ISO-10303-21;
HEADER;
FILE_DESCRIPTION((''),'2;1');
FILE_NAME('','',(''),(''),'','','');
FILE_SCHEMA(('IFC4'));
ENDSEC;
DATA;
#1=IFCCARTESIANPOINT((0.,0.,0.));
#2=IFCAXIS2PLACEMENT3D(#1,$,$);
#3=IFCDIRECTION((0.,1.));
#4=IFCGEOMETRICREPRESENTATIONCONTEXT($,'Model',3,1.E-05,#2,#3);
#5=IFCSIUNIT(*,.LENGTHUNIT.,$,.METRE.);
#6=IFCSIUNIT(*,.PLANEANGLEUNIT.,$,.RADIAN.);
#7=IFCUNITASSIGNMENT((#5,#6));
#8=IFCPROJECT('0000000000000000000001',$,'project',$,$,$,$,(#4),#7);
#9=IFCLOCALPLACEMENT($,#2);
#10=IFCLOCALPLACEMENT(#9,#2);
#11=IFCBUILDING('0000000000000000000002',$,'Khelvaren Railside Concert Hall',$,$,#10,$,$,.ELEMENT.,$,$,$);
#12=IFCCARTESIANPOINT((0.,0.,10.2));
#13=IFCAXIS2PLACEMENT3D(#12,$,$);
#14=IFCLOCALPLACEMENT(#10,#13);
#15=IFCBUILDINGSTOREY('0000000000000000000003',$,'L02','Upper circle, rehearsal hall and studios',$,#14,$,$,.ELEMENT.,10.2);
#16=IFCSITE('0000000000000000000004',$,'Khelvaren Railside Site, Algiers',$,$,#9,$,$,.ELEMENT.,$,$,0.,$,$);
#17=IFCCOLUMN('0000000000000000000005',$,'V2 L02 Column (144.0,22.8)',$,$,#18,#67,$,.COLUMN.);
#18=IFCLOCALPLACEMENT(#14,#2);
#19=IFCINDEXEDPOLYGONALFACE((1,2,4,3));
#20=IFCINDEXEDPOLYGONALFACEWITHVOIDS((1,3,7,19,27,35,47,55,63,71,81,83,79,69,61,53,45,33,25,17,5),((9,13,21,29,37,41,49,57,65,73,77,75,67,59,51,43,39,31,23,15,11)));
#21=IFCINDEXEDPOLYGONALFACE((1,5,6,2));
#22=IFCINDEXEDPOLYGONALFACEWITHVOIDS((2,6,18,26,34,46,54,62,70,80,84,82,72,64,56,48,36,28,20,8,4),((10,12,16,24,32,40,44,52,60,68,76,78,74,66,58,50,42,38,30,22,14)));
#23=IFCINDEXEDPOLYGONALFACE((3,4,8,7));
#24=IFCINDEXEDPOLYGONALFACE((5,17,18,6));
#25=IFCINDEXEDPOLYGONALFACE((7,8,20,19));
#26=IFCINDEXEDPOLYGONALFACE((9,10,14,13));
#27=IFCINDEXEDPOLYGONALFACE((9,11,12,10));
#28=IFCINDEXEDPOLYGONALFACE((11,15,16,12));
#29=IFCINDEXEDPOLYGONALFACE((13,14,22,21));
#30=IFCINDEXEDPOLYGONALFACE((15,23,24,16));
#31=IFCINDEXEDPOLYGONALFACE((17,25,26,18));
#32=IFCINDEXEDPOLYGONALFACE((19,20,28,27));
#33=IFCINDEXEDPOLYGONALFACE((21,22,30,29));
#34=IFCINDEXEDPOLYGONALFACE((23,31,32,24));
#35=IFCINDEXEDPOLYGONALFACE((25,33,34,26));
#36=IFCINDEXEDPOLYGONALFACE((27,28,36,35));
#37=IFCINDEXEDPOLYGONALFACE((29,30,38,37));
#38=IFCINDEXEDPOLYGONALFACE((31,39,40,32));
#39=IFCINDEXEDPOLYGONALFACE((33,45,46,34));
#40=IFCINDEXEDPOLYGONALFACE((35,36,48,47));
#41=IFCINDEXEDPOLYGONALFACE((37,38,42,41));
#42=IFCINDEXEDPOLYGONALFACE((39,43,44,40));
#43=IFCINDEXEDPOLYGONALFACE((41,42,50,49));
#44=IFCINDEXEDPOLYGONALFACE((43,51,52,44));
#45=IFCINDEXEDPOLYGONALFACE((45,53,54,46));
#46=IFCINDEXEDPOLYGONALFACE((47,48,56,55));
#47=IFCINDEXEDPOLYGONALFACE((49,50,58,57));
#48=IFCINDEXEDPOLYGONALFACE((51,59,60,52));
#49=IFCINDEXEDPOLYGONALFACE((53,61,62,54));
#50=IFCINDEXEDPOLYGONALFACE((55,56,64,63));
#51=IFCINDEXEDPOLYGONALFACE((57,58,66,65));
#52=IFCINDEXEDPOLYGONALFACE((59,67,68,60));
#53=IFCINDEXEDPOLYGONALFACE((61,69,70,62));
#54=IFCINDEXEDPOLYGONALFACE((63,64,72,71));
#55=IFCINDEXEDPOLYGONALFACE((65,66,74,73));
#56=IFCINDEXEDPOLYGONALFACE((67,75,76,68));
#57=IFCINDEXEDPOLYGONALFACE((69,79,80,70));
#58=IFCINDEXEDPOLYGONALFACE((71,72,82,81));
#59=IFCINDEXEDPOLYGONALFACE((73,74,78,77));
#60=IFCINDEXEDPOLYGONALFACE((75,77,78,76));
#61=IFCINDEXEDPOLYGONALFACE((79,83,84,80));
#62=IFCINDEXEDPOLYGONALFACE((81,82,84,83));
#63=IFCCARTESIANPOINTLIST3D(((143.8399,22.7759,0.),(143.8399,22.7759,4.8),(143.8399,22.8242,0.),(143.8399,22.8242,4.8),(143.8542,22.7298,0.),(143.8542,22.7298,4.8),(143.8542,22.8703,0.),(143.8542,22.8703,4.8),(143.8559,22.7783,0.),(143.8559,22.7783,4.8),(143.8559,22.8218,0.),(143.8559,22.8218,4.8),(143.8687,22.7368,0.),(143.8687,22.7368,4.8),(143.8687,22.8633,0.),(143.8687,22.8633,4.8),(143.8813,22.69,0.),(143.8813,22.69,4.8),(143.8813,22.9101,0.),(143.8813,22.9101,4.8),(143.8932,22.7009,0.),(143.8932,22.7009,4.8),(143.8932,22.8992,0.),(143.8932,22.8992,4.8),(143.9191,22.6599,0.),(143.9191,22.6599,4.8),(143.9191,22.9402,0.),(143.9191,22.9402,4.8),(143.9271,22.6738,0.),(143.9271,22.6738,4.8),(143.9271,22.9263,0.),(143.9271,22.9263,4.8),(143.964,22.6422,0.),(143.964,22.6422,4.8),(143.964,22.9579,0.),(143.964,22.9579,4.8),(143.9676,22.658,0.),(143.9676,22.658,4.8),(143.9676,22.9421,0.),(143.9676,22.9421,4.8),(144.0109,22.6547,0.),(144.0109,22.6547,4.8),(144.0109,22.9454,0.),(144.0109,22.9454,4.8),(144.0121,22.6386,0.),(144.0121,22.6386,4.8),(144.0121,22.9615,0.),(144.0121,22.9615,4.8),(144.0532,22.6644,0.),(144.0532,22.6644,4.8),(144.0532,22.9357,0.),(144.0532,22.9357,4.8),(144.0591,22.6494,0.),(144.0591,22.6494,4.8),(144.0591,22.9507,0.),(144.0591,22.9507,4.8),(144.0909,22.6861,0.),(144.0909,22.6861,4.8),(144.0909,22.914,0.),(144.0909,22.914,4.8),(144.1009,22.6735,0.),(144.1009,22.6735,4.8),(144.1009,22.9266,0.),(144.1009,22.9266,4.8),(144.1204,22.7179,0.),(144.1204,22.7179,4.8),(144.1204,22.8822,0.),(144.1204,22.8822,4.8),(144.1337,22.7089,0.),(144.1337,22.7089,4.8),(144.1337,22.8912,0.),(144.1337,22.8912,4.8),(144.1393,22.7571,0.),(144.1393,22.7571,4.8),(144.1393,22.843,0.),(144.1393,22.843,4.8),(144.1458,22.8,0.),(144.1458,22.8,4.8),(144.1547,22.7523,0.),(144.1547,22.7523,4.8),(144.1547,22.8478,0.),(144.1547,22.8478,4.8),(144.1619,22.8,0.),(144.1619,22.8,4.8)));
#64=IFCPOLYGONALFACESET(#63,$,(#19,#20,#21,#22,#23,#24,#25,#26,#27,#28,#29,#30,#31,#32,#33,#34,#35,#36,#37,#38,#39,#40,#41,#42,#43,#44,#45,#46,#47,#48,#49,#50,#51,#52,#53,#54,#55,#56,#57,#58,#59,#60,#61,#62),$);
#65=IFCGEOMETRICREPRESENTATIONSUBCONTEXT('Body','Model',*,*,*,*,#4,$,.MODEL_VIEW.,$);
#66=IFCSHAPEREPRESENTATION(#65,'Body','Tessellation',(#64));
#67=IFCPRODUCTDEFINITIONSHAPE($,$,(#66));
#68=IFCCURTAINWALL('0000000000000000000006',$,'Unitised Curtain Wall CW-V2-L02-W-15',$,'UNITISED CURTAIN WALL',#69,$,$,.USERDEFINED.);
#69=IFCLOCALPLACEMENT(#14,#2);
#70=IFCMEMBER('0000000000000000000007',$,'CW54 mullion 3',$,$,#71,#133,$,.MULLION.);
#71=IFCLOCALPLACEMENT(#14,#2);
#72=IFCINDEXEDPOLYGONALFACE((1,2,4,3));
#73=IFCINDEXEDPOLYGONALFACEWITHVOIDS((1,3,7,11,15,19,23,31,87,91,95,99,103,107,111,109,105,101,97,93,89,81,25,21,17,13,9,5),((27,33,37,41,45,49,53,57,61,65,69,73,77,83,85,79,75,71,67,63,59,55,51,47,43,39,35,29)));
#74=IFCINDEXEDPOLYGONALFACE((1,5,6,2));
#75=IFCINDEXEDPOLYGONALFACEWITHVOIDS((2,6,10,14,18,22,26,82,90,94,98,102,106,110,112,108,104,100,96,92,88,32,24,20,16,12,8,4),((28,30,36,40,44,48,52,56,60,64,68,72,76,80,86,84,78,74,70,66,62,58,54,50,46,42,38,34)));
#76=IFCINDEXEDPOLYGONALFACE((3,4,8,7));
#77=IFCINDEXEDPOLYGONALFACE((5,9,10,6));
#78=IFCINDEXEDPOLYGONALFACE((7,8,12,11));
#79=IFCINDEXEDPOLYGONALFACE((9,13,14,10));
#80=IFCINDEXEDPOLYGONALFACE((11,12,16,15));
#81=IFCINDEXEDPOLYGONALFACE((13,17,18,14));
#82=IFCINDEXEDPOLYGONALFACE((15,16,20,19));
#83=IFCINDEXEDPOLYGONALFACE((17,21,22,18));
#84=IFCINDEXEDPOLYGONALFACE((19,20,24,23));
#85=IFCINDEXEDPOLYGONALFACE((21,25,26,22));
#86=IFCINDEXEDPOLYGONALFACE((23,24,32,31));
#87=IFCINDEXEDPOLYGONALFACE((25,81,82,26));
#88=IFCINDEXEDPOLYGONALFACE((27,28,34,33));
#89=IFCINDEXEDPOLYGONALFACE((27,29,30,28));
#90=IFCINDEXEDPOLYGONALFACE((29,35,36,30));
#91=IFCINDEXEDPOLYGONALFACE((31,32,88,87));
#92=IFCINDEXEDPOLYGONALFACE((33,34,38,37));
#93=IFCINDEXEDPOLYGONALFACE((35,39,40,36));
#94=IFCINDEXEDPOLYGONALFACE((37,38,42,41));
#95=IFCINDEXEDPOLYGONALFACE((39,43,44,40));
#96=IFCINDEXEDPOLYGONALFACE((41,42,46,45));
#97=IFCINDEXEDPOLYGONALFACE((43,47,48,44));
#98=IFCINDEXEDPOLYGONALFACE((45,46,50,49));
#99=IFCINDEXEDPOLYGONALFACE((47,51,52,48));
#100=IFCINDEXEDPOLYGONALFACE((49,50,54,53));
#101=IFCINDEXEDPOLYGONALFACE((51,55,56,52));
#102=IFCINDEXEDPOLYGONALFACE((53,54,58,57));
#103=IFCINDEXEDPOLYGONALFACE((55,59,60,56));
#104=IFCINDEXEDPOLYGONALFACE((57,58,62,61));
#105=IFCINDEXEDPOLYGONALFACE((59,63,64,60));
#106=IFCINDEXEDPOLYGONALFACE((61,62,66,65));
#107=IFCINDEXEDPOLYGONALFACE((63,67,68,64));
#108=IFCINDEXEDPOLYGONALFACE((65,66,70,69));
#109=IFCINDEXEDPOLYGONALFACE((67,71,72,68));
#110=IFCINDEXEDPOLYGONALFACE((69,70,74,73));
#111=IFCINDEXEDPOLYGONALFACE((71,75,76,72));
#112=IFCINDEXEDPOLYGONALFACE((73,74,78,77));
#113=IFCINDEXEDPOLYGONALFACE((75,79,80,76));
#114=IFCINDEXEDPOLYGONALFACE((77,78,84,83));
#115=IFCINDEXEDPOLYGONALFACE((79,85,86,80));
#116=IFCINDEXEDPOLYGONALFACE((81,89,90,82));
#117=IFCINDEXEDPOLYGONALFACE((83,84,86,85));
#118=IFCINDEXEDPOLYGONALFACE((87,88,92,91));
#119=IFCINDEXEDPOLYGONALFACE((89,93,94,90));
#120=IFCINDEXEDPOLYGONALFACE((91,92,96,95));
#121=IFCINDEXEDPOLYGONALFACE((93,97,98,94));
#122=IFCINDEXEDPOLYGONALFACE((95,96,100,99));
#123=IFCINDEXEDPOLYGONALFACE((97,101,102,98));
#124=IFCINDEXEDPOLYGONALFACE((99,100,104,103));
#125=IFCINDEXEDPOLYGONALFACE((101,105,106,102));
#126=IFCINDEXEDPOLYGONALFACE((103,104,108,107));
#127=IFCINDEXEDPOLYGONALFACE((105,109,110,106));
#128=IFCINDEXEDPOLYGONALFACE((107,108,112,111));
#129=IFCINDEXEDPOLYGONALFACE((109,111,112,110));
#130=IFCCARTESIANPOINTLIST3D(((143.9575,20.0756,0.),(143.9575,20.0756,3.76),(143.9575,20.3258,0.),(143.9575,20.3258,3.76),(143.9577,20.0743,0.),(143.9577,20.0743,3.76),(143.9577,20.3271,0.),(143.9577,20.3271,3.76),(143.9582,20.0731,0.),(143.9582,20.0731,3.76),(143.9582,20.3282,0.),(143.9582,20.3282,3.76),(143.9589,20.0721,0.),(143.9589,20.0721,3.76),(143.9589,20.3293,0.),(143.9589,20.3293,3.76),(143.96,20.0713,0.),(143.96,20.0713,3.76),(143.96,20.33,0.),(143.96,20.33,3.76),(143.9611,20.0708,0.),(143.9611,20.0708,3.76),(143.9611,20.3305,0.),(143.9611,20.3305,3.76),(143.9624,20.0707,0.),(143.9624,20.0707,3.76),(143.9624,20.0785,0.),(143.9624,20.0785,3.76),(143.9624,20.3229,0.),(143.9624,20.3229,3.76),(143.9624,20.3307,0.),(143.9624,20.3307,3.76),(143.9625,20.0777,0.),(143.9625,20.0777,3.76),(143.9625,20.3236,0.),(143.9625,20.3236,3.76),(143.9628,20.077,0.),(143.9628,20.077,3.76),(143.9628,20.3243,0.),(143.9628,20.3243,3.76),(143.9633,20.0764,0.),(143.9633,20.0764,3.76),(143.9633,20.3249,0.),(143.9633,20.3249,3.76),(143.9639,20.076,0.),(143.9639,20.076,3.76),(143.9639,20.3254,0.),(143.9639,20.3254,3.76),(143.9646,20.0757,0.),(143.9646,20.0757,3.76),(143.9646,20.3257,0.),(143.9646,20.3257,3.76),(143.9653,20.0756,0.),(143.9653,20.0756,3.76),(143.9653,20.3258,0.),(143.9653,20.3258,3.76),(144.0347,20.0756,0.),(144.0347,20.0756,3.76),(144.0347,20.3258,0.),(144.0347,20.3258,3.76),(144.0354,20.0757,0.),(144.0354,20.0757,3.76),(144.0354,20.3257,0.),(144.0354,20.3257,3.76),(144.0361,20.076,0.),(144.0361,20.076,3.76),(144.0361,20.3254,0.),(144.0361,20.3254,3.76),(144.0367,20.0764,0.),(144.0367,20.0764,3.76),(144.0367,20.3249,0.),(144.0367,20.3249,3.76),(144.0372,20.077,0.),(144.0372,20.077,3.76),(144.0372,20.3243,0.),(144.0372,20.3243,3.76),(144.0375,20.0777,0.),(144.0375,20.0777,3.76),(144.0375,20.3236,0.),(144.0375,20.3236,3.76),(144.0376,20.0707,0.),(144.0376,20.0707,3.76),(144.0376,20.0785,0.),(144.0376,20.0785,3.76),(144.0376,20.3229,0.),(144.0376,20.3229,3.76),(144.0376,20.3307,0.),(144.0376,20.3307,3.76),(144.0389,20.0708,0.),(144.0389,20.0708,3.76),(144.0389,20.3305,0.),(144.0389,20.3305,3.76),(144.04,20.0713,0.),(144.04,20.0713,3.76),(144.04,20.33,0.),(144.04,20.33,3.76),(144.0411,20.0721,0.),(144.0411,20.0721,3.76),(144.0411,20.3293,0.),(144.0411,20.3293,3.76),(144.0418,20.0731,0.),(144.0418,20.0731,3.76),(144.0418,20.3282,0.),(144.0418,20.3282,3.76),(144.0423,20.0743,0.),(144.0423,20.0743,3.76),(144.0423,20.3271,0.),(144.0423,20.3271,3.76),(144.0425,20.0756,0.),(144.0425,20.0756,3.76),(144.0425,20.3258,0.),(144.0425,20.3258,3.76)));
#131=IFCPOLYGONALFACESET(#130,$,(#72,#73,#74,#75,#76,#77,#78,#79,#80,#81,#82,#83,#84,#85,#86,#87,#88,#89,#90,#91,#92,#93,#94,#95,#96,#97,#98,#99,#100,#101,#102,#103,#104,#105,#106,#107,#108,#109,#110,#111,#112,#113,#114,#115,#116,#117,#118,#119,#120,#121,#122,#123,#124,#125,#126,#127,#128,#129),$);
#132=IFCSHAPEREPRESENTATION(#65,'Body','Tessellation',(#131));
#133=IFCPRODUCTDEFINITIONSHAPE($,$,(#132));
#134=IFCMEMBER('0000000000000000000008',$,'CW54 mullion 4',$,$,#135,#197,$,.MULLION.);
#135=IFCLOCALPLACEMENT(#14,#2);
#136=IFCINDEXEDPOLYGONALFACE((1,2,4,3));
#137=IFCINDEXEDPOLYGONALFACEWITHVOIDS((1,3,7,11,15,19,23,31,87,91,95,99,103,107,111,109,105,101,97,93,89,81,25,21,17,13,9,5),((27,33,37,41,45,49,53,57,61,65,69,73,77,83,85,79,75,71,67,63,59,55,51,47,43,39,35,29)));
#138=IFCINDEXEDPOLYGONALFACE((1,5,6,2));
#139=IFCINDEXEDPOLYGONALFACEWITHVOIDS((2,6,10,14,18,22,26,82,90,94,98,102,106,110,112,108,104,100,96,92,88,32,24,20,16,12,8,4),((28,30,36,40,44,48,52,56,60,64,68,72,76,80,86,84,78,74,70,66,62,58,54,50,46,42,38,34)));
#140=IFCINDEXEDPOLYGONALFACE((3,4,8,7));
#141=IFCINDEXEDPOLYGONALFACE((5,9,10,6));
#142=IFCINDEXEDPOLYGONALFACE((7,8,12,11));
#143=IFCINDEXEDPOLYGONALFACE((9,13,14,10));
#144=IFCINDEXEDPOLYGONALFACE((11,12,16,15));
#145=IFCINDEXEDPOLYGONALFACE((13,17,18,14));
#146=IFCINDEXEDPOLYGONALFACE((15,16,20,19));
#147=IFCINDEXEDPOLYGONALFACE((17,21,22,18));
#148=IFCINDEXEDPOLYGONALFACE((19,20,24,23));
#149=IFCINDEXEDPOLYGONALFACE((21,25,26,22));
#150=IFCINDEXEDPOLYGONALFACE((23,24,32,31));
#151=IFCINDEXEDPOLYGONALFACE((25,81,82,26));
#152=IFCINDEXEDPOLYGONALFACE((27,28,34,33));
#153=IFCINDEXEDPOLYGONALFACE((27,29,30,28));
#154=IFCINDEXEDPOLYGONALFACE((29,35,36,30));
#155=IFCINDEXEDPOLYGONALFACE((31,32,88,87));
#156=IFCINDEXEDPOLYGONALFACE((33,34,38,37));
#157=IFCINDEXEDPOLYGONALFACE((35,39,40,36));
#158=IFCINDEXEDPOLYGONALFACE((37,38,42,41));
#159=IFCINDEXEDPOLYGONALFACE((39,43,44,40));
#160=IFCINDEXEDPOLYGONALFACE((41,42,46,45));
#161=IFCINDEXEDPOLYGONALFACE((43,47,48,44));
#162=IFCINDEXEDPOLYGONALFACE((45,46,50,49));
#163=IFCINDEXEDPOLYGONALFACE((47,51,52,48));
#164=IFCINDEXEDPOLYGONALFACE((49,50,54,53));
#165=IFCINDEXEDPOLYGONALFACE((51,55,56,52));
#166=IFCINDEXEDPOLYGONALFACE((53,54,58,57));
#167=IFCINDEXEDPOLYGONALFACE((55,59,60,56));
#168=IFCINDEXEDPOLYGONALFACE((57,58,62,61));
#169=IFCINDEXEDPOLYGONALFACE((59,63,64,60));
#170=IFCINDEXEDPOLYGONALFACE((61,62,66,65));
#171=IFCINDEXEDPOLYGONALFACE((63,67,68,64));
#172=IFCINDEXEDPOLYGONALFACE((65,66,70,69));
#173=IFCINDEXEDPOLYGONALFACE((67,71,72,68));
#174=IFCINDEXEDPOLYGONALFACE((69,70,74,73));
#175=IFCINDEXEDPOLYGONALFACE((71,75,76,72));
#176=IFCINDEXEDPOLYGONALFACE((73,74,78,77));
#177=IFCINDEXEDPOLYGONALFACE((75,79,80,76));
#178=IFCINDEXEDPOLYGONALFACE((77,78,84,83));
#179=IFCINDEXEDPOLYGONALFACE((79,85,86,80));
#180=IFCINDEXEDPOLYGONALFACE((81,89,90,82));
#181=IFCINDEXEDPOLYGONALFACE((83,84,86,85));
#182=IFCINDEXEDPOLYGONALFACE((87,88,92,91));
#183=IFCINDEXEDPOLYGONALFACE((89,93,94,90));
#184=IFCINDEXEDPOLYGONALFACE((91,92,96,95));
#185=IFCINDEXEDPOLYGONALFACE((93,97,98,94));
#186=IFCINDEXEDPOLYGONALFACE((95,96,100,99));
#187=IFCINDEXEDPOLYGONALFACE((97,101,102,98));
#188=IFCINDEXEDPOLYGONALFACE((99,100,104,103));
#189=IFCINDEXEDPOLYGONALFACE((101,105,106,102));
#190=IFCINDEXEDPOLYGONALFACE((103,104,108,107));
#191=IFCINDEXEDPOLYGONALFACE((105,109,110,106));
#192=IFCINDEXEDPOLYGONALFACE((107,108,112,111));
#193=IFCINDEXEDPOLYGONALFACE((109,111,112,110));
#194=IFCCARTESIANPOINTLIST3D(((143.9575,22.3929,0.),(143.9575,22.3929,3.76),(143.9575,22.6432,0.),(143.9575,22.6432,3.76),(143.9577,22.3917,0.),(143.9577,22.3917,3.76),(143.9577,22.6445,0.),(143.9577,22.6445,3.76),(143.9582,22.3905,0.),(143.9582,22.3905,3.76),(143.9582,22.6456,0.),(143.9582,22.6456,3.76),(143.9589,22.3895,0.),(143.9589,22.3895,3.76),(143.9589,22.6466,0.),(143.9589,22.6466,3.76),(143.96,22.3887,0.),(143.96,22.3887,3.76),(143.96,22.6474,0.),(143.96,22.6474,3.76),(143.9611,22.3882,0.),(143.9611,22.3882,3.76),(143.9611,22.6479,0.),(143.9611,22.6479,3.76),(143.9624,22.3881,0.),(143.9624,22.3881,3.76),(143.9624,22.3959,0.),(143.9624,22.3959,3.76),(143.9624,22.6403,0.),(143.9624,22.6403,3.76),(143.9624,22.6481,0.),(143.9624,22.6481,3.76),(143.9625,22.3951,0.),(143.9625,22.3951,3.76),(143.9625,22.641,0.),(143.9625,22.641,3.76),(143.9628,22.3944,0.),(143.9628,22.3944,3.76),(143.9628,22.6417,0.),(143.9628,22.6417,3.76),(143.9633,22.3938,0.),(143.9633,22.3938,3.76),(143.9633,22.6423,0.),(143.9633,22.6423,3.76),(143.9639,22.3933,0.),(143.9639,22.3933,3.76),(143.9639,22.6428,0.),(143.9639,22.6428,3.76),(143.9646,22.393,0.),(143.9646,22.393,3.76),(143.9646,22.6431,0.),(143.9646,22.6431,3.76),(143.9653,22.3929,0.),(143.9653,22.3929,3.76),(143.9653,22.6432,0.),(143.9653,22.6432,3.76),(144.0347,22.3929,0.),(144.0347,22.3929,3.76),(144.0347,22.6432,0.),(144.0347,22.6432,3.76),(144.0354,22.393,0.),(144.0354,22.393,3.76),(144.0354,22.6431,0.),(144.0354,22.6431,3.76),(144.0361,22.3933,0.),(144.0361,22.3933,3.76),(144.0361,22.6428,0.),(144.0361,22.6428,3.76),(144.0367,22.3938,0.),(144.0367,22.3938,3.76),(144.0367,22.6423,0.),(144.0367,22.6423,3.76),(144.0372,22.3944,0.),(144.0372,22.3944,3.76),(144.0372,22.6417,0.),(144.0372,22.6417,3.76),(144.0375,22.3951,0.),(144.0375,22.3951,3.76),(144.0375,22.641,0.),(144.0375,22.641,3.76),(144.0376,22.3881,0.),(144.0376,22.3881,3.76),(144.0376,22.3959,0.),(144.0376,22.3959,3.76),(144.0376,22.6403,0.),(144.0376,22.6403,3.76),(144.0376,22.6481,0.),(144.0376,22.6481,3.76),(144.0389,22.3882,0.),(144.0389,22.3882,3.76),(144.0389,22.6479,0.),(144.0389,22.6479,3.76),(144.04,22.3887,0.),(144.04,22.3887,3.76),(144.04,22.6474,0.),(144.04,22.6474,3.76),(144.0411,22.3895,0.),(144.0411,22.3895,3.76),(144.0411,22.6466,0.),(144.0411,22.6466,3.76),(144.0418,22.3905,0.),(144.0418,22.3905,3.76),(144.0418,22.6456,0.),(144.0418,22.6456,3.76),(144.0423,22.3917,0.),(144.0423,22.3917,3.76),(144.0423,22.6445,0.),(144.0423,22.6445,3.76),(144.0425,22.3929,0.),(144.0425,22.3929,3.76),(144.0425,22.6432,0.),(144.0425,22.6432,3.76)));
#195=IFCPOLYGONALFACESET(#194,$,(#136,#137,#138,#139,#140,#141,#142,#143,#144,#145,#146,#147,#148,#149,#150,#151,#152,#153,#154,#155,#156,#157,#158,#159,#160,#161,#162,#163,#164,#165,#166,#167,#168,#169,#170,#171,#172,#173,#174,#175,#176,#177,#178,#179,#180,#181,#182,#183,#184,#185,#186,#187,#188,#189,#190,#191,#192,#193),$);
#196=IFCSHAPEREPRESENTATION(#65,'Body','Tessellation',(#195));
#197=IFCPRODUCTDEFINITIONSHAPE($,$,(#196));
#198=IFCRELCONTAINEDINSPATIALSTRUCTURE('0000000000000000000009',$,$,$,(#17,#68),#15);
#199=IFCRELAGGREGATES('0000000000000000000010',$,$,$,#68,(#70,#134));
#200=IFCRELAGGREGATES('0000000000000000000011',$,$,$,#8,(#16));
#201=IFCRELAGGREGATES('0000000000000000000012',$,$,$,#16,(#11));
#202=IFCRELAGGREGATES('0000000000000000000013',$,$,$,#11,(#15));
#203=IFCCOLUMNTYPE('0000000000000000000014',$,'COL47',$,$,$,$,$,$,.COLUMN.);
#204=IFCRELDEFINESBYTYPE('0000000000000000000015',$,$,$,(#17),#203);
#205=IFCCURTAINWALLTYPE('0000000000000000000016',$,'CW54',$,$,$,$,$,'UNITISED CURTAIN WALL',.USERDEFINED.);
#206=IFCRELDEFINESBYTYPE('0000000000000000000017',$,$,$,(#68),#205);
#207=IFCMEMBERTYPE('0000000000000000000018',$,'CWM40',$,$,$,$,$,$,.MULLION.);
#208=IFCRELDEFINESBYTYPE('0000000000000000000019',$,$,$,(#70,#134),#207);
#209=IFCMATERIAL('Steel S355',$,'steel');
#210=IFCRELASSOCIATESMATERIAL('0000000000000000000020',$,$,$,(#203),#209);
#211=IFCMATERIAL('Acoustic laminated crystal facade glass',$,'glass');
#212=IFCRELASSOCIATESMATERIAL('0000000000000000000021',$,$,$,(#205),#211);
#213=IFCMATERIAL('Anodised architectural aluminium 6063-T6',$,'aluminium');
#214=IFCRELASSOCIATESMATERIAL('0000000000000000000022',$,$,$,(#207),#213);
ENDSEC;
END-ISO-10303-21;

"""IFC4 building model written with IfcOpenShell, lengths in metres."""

from ifc_helpers import new_model, si_unit, direction, frame, origin, origin_2d, place, context, subcontext, project, spatial, hollow_rectangle, hollow_circle, extrude, material, material_profile, profile_set, type_object, element, aggregate, save


model = new_model("IFC4")

# Units and contexts
model_context = context("Model", 3, precision=1e-05, world=origin(), true_north=direction((0.0, 1.0)))
body_context = subcontext(model_context, "Body", "Model", "MODEL_VIEW")
ifc_project = project(units=[si_unit("LENGTHUNIT", "METRE"), si_unit("PLANEANGLEUNIT", "RADIAN")], contexts=[model_context])

# Site, building, storey
site_placement = place(None, origin())
site = spatial("IfcSite", under=ifc_project, at=site_placement, Name="Khelvaren Railside Site, Algiers", CompositionType="ELEMENT", RefElevation=0.0)
building_placement = place(site_placement, origin())
building = spatial("IfcBuilding", under=site, at=building_placement, Name="Khelvaren Railside Concert Hall", CompositionType="ELEMENT")
storey_placement = place(building_placement, frame((0.0, 0.0, 10.2)))
storey = spatial("IfcBuildingStorey", under=building, at=storey_placement, Name="L02", Description="Upper circle, rehearsal hall and studios", CompositionType="ELEMENT", Elevation=10.2)

# Column
ifc_material_1 = material(Name="Steel S355", Category="steel")
ifc_material_profile_1 = material_profile(ifc_material_1, hollow_circle(Radius=0.1619, WallThickness=0.0161, at=origin_2d()), Name="CHS 323.9x16")
ifc_profile_set_1 = profile_set([ifc_material_profile_1], Name="Steel S355")
column_type = type_object("IfcColumnType", Name="COL47", PredefinedType="COLUMN", material=ifc_profile_set_1)
column_placement = place(storey_placement, frame((144.0, 22.8, 0.0), z_axis=(0.0, 0.0, 1.0), x_axis=(1.0, 0.0, 0.0)))
element("IfcColumn", 1, at=column_placement, inside=storey, type_object=column_type, Name="V2 L02 Column (144.0,22.8)", PredefinedType="COLUMN", context=body_context, shape_type="SweptSolid", body=[
    extrude(hollow_circle(Radius=0.1619, WallThickness=0.0161, at=origin_2d()), origin(), (0.0, 0.0, 1.0), 4.8),
])

# Curtain wall, members
ifc_material_2 = material(Name="Acoustic laminated crystal facade glass", Category="glass")
curtain_wall_type_1 = type_object("IfcCurtainWallType", Name="CW54", ElementType="UNITISED CURTAIN WALL", PredefinedType="USERDEFINED", material=ifc_material_2)
curtain_wall_1_placement = place(storey_placement, origin())
curtain_wall_1 = element("IfcCurtainWall", 2, at=curtain_wall_1_placement, inside=storey, type_object=curtain_wall_type_1, Name="Unitised Curtain Wall CW-V2-L02-W-15", ObjectType="UNITISED CURTAIN WALL", PredefinedType="USERDEFINED")
ifc_material_3 = material(Name="Anodised architectural aluminium 6063-T6", Category="aluminium")
ifc_material_profile_2 = material_profile(ifc_material_3, hollow_rectangle(XDim=0.085, YDim=0.26, WallThickness=0.0049, InnerFilletRadius=0.0029, OuterFilletRadius=0.0049, at=origin_2d()), Name="CWM 85x260x5")
ifc_profile_set_2 = profile_set([ifc_material_profile_2], Name="Anodised architectural aluminium 6063-T6")
member_type_1 = type_object("IfcMemberType", Name="CWM40", PredefinedType="MULLION", material=ifc_profile_set_2)
member_1_placement = place(storey_placement, frame((144.0, 20.2007, 0.0), z_axis=(0.0, 0.0, 1.0), x_axis=(-1.0, 0.0, 0.0)))
member_1 = element("IfcMember", 3, at=member_1_placement, type_object=member_type_1, Name="CW54 mullion 3", PredefinedType="MULLION", context=body_context, shape_type="SweptSolid", body=[
    extrude(hollow_rectangle(XDim=0.085, YDim=0.26, WallThickness=0.0049, InnerFilletRadius=0.0029, OuterFilletRadius=0.0049, at=origin_2d()), origin(), (0.0, 0.0, 1.0), 3.76),
])
member_2_placement = place(storey_placement, frame((144.0, 22.5181, 0.0), z_axis=(0.0, 0.0, 1.0), x_axis=(-1.0, 0.0, 0.0)))
member_2 = element("IfcMember", 4, at=member_2_placement, type_object=member_type_1, Name="CW54 mullion 4", PredefinedType="MULLION", context=body_context, shape_type="SweptSolid", body=[
    extrude(hollow_rectangle(XDim=0.085, YDim=0.26, WallThickness=0.0049, InnerFilletRadius=0.0029, OuterFilletRadius=0.0049, at=origin_2d()), origin(), (0.0, 0.0, 1.0), 3.76),
])

aggregate(curtain_wall_1, [member_1, member_2])

save(model, "model.ifc")
